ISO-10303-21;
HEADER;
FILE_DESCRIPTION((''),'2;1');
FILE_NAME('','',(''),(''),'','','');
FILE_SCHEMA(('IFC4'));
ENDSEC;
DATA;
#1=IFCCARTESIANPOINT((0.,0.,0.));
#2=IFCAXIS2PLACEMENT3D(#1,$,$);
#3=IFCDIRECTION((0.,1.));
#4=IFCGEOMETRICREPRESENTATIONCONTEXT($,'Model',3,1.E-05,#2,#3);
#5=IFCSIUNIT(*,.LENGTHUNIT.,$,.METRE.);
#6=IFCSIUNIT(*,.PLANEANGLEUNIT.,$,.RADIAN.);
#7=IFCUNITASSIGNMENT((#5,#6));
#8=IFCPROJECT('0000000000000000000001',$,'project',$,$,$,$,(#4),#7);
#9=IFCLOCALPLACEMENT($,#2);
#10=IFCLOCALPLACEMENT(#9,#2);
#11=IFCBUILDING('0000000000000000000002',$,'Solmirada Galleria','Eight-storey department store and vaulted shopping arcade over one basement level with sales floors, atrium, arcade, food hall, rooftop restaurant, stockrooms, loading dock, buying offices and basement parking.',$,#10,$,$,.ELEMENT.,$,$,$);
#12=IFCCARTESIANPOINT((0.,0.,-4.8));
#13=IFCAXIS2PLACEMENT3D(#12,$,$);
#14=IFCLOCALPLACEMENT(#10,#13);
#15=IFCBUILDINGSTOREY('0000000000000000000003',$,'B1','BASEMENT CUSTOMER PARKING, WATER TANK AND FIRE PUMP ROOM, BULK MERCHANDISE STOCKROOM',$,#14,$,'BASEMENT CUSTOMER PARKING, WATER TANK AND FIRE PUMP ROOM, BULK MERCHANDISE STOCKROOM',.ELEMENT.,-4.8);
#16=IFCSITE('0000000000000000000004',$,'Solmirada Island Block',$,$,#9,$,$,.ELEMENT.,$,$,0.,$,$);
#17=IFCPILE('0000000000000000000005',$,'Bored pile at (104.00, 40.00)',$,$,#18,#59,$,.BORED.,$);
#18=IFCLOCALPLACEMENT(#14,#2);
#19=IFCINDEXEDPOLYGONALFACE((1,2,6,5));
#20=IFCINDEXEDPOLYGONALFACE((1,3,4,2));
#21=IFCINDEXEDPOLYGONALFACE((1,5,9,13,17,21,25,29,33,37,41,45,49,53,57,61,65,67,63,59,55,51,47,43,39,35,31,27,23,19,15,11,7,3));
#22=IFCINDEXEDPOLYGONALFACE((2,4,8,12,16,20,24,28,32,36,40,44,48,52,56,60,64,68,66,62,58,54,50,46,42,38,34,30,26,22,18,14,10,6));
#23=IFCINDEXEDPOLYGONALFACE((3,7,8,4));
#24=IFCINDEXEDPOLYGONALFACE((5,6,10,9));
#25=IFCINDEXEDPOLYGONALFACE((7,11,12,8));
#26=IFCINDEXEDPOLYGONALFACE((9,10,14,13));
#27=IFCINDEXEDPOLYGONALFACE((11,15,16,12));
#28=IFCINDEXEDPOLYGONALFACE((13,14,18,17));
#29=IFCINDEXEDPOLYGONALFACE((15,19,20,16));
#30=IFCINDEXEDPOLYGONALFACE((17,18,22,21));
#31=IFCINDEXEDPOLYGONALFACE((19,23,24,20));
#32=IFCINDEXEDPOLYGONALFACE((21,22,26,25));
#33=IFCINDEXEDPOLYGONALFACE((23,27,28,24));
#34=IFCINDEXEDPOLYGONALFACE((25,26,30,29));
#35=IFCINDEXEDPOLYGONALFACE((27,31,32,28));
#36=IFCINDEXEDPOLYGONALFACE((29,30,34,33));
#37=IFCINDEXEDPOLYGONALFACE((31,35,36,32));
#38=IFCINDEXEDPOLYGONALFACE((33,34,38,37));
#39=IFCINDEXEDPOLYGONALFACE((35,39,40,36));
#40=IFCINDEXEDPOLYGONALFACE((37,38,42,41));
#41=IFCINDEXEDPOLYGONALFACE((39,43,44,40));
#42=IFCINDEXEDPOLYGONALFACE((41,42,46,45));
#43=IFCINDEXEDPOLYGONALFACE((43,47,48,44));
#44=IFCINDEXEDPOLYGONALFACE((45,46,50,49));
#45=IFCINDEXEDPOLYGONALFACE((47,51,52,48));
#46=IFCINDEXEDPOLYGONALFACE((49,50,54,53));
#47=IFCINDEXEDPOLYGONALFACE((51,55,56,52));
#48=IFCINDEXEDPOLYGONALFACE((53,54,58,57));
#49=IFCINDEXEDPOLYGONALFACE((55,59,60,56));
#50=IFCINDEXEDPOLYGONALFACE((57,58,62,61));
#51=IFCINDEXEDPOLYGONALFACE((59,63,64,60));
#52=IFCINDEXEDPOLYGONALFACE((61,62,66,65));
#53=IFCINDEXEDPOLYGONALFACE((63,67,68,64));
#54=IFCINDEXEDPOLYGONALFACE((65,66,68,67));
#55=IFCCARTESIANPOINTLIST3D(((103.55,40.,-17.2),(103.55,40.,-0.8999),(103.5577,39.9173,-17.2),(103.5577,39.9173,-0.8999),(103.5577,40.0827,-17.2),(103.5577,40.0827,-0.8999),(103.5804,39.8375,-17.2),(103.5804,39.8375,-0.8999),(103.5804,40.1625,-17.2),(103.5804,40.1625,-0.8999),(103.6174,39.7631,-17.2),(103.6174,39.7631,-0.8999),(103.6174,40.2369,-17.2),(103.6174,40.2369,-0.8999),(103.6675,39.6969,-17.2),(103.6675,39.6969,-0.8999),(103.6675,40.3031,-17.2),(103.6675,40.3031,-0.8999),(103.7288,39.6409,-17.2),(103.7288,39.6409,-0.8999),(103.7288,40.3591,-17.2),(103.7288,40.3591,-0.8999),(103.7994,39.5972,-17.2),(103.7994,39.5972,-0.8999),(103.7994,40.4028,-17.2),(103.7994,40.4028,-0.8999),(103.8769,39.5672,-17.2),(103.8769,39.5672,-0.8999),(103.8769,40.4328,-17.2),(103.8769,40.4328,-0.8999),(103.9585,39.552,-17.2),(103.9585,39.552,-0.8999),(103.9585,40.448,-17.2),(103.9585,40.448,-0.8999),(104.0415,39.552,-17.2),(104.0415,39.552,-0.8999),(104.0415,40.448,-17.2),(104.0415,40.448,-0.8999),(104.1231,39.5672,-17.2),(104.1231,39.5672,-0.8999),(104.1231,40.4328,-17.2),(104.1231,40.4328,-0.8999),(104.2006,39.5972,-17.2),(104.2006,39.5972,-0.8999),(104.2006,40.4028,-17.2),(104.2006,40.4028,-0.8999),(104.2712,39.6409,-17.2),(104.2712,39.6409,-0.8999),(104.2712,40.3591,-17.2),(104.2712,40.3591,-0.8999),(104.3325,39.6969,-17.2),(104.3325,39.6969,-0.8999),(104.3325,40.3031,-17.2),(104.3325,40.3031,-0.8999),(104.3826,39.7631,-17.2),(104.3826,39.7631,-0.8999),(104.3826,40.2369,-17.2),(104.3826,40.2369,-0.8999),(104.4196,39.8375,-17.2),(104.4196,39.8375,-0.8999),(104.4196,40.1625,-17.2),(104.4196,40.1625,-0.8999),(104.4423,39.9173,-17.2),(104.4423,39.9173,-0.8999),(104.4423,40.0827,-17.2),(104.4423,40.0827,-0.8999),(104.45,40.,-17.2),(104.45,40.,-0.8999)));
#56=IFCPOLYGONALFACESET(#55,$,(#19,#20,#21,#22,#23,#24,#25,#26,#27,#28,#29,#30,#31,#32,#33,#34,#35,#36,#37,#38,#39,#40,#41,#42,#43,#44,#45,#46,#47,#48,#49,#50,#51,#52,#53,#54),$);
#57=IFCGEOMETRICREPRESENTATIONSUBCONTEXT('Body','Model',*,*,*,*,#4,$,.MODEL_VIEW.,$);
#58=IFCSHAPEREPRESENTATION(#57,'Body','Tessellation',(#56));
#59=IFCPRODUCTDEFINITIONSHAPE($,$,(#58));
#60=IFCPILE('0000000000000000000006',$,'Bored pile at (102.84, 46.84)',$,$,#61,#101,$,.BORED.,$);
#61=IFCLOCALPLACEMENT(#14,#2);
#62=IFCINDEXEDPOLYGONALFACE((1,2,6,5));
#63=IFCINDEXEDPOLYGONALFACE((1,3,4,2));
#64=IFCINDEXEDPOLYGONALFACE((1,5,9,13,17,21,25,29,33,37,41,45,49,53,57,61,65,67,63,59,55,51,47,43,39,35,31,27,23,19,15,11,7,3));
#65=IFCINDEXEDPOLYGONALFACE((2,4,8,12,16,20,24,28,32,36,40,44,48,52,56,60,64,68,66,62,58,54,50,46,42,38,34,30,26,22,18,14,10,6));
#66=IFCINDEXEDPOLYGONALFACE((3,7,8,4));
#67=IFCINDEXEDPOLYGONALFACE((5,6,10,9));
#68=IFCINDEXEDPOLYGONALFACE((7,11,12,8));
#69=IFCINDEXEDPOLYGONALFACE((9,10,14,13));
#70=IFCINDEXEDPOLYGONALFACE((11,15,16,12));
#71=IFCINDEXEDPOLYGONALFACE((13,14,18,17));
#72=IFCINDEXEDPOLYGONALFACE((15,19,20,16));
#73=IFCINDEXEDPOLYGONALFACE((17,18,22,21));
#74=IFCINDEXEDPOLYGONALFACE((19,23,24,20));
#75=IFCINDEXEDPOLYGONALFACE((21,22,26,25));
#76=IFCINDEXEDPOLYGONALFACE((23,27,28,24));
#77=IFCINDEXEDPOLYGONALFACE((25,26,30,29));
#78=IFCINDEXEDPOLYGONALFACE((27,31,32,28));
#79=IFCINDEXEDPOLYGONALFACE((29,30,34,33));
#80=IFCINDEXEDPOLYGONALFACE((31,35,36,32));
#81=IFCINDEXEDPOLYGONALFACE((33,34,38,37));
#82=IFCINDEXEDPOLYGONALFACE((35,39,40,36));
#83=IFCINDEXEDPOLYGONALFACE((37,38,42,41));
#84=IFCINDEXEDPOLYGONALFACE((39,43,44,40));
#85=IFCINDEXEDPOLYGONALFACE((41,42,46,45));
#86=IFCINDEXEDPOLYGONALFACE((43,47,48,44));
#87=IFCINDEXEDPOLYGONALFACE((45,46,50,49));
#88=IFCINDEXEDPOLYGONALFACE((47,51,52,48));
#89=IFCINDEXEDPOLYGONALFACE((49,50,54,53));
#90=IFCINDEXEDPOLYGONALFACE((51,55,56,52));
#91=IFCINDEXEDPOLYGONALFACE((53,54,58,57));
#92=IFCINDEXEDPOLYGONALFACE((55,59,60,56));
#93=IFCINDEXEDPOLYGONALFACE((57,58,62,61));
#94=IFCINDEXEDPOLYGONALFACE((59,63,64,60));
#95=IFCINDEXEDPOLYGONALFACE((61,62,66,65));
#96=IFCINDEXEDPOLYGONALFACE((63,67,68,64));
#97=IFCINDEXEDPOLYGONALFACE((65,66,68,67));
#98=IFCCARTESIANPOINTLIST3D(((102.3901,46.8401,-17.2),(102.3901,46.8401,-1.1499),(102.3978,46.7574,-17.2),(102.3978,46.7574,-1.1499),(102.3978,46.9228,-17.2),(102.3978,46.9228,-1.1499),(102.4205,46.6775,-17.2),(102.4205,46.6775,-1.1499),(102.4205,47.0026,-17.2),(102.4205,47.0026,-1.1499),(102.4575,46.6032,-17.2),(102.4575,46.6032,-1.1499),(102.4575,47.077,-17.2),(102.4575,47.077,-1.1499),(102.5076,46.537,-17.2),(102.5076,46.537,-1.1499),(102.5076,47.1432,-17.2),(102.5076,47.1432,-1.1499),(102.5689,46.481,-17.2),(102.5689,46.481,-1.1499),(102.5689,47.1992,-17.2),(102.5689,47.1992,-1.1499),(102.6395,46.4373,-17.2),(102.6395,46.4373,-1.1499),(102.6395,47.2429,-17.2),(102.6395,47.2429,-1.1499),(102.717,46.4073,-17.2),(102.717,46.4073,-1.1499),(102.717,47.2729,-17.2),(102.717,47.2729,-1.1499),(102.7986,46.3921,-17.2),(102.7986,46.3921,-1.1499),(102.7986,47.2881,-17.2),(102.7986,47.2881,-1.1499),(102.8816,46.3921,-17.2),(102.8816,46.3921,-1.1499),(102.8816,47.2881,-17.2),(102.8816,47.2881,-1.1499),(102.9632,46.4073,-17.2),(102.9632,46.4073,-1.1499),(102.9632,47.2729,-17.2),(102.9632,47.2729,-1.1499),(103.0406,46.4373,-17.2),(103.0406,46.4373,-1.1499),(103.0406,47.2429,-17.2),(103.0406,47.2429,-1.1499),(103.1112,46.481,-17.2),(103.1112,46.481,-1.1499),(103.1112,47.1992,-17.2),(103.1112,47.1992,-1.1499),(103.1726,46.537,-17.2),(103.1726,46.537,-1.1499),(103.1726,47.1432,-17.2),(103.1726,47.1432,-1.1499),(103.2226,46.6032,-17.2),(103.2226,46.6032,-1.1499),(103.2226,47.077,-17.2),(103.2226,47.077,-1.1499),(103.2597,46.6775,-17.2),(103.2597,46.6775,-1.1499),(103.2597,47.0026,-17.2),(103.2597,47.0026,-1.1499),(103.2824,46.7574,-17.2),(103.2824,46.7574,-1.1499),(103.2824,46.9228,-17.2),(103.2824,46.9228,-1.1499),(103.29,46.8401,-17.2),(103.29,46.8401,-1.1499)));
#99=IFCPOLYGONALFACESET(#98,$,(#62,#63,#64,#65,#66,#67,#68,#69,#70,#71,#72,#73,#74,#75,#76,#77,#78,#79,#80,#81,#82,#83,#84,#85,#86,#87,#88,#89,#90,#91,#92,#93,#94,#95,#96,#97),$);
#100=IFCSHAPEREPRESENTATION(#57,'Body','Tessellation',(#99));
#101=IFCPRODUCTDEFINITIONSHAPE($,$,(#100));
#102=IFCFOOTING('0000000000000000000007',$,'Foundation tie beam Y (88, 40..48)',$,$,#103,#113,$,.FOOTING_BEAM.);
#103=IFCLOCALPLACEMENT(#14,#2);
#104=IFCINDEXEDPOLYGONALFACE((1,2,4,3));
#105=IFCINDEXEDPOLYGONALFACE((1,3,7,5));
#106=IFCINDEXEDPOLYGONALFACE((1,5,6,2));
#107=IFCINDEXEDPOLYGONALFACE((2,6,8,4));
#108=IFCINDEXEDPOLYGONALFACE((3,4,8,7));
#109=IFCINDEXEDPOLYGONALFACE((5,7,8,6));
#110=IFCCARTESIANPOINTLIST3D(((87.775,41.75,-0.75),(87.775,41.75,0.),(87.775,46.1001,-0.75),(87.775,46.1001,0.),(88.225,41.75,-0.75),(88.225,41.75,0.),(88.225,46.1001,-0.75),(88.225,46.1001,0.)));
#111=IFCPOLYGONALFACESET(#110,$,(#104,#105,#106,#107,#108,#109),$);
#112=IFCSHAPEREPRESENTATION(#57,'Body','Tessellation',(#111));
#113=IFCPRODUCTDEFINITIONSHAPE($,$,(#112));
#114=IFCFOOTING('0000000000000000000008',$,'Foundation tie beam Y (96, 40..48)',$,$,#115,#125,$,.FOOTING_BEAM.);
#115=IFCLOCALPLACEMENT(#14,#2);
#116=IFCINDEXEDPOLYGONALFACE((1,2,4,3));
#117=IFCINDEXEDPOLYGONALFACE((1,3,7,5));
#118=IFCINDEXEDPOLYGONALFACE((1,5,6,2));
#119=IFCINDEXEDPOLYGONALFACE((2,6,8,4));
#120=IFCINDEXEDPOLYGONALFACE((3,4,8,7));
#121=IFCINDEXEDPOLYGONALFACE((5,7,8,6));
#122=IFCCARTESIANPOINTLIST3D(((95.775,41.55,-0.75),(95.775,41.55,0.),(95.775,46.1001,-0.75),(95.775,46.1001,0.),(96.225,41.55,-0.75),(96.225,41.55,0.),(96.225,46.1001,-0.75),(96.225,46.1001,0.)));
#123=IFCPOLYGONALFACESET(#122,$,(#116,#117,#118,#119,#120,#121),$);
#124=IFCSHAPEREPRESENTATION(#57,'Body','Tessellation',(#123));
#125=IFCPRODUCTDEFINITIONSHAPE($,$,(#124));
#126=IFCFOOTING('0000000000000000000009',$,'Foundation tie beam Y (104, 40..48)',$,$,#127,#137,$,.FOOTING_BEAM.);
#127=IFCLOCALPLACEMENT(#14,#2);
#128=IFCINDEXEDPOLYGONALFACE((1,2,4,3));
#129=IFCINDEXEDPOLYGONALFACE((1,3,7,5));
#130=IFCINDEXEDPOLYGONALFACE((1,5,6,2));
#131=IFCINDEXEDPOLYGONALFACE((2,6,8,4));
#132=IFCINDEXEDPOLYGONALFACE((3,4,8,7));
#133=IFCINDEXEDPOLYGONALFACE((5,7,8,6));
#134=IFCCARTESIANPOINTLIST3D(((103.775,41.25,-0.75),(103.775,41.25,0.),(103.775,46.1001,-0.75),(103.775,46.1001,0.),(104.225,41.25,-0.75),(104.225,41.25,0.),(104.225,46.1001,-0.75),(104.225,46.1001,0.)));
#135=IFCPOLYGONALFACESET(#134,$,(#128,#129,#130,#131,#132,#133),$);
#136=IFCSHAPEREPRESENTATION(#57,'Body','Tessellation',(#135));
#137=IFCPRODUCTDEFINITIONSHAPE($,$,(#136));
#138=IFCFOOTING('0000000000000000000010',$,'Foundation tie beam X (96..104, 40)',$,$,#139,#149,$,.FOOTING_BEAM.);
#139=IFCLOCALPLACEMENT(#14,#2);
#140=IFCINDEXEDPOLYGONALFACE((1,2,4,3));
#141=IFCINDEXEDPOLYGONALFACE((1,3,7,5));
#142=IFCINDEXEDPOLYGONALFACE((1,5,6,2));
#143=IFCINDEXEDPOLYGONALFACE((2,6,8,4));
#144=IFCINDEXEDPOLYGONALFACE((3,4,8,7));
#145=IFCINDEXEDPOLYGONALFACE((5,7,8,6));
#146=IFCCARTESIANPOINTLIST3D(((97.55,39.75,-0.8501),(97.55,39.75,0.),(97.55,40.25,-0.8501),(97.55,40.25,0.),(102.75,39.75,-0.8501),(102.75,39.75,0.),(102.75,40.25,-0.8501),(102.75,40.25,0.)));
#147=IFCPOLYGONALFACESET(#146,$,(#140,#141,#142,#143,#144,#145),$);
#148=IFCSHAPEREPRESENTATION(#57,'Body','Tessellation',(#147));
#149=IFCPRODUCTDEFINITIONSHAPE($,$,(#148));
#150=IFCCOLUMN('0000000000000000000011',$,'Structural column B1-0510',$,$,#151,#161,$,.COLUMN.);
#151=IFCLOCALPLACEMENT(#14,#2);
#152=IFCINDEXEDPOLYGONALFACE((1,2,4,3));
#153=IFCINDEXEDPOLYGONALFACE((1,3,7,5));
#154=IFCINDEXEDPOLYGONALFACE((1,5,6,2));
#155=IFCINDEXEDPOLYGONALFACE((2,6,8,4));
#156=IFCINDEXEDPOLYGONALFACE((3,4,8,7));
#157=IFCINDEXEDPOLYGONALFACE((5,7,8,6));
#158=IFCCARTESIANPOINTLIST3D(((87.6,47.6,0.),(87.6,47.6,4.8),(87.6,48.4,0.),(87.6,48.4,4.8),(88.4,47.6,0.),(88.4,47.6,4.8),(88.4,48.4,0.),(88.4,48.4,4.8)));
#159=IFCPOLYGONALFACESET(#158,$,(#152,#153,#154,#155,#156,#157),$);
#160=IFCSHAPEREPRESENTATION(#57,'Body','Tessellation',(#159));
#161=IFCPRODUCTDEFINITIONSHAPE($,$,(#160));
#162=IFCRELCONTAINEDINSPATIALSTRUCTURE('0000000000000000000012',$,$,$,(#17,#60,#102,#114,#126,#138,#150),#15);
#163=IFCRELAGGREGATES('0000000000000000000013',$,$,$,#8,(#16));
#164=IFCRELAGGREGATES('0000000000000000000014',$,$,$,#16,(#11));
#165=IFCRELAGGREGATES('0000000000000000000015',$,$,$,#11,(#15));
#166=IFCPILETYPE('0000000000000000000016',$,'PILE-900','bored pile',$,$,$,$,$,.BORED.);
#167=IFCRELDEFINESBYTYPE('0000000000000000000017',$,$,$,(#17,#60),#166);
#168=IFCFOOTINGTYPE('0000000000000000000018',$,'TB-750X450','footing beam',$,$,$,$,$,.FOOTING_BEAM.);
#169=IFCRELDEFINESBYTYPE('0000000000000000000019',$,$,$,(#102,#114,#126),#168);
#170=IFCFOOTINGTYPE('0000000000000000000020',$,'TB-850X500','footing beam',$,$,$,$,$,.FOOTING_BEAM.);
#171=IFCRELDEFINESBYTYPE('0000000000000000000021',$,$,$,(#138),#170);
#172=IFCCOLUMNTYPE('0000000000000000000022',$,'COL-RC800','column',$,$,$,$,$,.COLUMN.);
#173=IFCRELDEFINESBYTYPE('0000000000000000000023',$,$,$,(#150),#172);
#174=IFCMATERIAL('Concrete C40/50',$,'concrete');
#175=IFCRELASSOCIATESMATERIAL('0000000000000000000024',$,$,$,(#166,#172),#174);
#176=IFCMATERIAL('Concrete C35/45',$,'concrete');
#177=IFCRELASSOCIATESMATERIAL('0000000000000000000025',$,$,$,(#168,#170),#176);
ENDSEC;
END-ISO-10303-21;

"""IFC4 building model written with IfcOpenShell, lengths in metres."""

from ifc_helpers import new_model, si_unit, direction, frame, origin, origin_2d, place, context, subcontext, project, spatial, rectangle, circle, extrude, material, material_profile, profile_set, type_object, element, save


model = new_model("IFC4")

# Units and contexts
model_context = context("Model", 3, precision=1e-05, world=origin(), true_north=direction((0.0, 1.0)))
body_context = subcontext(model_context, "Body", "Model", "MODEL_VIEW")
ifc_project = project(units=[si_unit("LENGTHUNIT", "METRE"), si_unit("PLANEANGLEUNIT", "RADIAN")], contexts=[model_context])

# Site, building, storey
site_placement = place(None, origin())
site = spatial("IfcSite", under=ifc_project, at=site_placement, Name="Solmirada Island Block", CompositionType="ELEMENT", RefElevation=0.0)
building_placement = place(site_placement, origin())
building = spatial("IfcBuilding", under=site, at=building_placement, Name="Solmirada Galleria", Description="Eight-storey department store and vaulted shopping arcade over one basement level with sales floors, atrium, arcade, food hall, rooftop restaurant, stockrooms, loading dock, buying offices and basement parking.", CompositionType="ELEMENT")
storey_placement = place(building_placement, frame((0.0, 0.0, -4.8)))
storey = spatial("IfcBuildingStorey", under=building, at=storey_placement, Name="B1", Description="BASEMENT CUSTOMER PARKING, WATER TANK AND FIRE PUMP ROOM, BULK MERCHANDISE STOCKROOM", LongName="BASEMENT CUSTOMER PARKING, WATER TANK AND FIRE PUMP ROOM, BULK MERCHANDISE STOCKROOM", CompositionType="ELEMENT", Elevation=-4.8)

# Shared definitions
ifc_material_1 = material(Name="Concrete C35/45", Category="concrete")

# Piles
ifc_material_2 = material(Name="Concrete C40/50", Category="concrete")
ifc_material_profile_1 = material_profile(ifc_material_2, circle(Radius=0.45, at=origin_2d()), Name="PILE900")
ifc_profile_set_1 = profile_set([ifc_material_profile_1], Name="Concrete C40/50")
pile_type = type_object("IfcPileType", Name="PILE-900", Description="bored pile", PredefinedType="BORED", material=ifc_profile_set_1)
pile_1_placement = place(storey_placement, frame((104.0, 40.0, -0.8999), z_axis=(0.0, 0.0, -1.0), x_axis=(1.0, 0.0, 0.0)))
element("IfcPile", 1, at=pile_1_placement, inside=storey, type_object=pile_type, Name="Bored pile at (104.00, 40.00)", PredefinedType="BORED", context=body_context, shape_type="SweptSolid", body=[
    extrude(circle(Radius=0.45, at=origin_2d()), origin(), (0.0, 0.0, 1.0), 16.3),
])
pile_2_placement = place(storey_placement, frame((102.8401, 46.8401, -1.1499), z_axis=(0.0, 0.0, -1.0), x_axis=(1.0, 0.0, 0.0)))
element("IfcPile", 2, at=pile_2_placement, inside=storey, type_object=pile_type, Name="Bored pile at (102.84, 46.84)", PredefinedType="BORED", context=body_context, shape_type="SweptSolid", body=[
    extrude(circle(Radius=0.45, at=origin_2d()), origin(), (0.0, 0.0, 1.0), 16.05),
])

# Footings
ifc_material_profile_2 = material_profile(ifc_material_1, rectangle(XDim=0.45, YDim=0.75, at=origin_2d()), Name="RC750X450")
ifc_profile_set_2 = profile_set([ifc_material_profile_2], Name="Concrete C35/45")
footing_type_1 = type_object("IfcFootingType", Name="TB-750X450", Description="footing beam", PredefinedType="FOOTING_BEAM", material=ifc_profile_set_2)
footing_1_placement = place(storey_placement, frame((88.0, 41.75, -0.375), z_axis=(0.0, 1.0, 0.0), x_axis=(-1.0, 0.0, 0.0)))
element("IfcFooting", 3, at=footing_1_placement, inside=storey, type_object=footing_type_1, Name="Foundation tie beam Y (88, 40..48)", PredefinedType="FOOTING_BEAM", context=body_context, shape_type="SweptSolid", body=[
    extrude(rectangle(XDim=0.45, YDim=0.75, at=origin_2d()), origin(), (0.0, 0.0, 1.0), 4.3501),
])
footing_2_placement = place(storey_placement, frame((96.0, 41.55, -0.375), z_axis=(0.0, 1.0, 0.0), x_axis=(-1.0, 0.0, 0.0)))
element("IfcFooting", 4, at=footing_2_placement, inside=storey, type_object=footing_type_1, Name="Foundation tie beam Y (96, 40..48)", PredefinedType="FOOTING_BEAM", context=body_context, shape_type="SweptSolid", body=[
    extrude(rectangle(XDim=0.45, YDim=0.75, at=origin_2d()), origin(), (0.0, 0.0, 1.0), 4.55),
])
footing_3_placement = place(storey_placement, frame((104.0, 41.25, -0.375), z_axis=(0.0, 1.0, 0.0), x_axis=(-1.0, 0.0, 0.0)))
element("IfcFooting", 5, at=footing_3_placement, inside=storey, type_object=footing_type_1, Name="Foundation tie beam Y (104, 40..48)", PredefinedType="FOOTING_BEAM", context=body_context, shape_type="SweptSolid", body=[
    extrude(rectangle(XDim=0.45, YDim=0.75, at=origin_2d()), origin(), (0.0, 0.0, 1.0), 4.8501),
])
ifc_material_profile_3 = material_profile(ifc_material_1, rectangle(XDim=0.5, YDim=0.8501, at=origin_2d()), Name="RC850X500")
ifc_profile_set_3 = profile_set([ifc_material_profile_3], Name="Concrete C35/45")
footing_type_2 = type_object("IfcFootingType", Name="TB-850X500", Description="footing beam", PredefinedType="FOOTING_BEAM", material=ifc_profile_set_3)
footing_4_placement = place(storey_placement, frame((97.55, 40.0, -0.425), z_axis=(1.0, 0.0, 0.0), x_axis=(0.0, 1.0, 0.0)))
element("IfcFooting", 6, at=footing_4_placement, inside=storey, type_object=footing_type_2, Name="Foundation tie beam X (96..104, 40)", PredefinedType="FOOTING_BEAM", context=body_context, shape_type="SweptSolid", body=[
    extrude(rectangle(XDim=0.5, YDim=0.8501, at=origin_2d()), origin(), (0.0, 0.0, 1.0), 5.2),
])

# Column
ifc_material_profile_4 = material_profile(ifc_material_2, rectangle(XDim=0.8, YDim=0.8, at=origin_2d()), Name="RC800X800")
ifc_profile_set_4 = profile_set([ifc_material_profile_4], Name="Concrete C40/50")
column_type = type_object("IfcColumnType", Name="COL-RC800", Description="column", PredefinedType="COLUMN", material=ifc_profile_set_4)
column_placement = place(storey_placement, frame((88.0, 48.0, 0.0), z_axis=(0.0, 0.0, 1.0), x_axis=(1.0, 0.0, 0.0)))
element("IfcColumn", 7, at=column_placement, inside=storey, type_object=column_type, Name="Structural column B1-0510", PredefinedType="COLUMN", context=body_context, shape_type="SweptSolid", body=[
    extrude(rectangle(XDim=0.8, YDim=0.8, at=origin_2d()), origin(), (0.0, 0.0, 1.0), 4.8),
])

save(model, "model.ifc")
